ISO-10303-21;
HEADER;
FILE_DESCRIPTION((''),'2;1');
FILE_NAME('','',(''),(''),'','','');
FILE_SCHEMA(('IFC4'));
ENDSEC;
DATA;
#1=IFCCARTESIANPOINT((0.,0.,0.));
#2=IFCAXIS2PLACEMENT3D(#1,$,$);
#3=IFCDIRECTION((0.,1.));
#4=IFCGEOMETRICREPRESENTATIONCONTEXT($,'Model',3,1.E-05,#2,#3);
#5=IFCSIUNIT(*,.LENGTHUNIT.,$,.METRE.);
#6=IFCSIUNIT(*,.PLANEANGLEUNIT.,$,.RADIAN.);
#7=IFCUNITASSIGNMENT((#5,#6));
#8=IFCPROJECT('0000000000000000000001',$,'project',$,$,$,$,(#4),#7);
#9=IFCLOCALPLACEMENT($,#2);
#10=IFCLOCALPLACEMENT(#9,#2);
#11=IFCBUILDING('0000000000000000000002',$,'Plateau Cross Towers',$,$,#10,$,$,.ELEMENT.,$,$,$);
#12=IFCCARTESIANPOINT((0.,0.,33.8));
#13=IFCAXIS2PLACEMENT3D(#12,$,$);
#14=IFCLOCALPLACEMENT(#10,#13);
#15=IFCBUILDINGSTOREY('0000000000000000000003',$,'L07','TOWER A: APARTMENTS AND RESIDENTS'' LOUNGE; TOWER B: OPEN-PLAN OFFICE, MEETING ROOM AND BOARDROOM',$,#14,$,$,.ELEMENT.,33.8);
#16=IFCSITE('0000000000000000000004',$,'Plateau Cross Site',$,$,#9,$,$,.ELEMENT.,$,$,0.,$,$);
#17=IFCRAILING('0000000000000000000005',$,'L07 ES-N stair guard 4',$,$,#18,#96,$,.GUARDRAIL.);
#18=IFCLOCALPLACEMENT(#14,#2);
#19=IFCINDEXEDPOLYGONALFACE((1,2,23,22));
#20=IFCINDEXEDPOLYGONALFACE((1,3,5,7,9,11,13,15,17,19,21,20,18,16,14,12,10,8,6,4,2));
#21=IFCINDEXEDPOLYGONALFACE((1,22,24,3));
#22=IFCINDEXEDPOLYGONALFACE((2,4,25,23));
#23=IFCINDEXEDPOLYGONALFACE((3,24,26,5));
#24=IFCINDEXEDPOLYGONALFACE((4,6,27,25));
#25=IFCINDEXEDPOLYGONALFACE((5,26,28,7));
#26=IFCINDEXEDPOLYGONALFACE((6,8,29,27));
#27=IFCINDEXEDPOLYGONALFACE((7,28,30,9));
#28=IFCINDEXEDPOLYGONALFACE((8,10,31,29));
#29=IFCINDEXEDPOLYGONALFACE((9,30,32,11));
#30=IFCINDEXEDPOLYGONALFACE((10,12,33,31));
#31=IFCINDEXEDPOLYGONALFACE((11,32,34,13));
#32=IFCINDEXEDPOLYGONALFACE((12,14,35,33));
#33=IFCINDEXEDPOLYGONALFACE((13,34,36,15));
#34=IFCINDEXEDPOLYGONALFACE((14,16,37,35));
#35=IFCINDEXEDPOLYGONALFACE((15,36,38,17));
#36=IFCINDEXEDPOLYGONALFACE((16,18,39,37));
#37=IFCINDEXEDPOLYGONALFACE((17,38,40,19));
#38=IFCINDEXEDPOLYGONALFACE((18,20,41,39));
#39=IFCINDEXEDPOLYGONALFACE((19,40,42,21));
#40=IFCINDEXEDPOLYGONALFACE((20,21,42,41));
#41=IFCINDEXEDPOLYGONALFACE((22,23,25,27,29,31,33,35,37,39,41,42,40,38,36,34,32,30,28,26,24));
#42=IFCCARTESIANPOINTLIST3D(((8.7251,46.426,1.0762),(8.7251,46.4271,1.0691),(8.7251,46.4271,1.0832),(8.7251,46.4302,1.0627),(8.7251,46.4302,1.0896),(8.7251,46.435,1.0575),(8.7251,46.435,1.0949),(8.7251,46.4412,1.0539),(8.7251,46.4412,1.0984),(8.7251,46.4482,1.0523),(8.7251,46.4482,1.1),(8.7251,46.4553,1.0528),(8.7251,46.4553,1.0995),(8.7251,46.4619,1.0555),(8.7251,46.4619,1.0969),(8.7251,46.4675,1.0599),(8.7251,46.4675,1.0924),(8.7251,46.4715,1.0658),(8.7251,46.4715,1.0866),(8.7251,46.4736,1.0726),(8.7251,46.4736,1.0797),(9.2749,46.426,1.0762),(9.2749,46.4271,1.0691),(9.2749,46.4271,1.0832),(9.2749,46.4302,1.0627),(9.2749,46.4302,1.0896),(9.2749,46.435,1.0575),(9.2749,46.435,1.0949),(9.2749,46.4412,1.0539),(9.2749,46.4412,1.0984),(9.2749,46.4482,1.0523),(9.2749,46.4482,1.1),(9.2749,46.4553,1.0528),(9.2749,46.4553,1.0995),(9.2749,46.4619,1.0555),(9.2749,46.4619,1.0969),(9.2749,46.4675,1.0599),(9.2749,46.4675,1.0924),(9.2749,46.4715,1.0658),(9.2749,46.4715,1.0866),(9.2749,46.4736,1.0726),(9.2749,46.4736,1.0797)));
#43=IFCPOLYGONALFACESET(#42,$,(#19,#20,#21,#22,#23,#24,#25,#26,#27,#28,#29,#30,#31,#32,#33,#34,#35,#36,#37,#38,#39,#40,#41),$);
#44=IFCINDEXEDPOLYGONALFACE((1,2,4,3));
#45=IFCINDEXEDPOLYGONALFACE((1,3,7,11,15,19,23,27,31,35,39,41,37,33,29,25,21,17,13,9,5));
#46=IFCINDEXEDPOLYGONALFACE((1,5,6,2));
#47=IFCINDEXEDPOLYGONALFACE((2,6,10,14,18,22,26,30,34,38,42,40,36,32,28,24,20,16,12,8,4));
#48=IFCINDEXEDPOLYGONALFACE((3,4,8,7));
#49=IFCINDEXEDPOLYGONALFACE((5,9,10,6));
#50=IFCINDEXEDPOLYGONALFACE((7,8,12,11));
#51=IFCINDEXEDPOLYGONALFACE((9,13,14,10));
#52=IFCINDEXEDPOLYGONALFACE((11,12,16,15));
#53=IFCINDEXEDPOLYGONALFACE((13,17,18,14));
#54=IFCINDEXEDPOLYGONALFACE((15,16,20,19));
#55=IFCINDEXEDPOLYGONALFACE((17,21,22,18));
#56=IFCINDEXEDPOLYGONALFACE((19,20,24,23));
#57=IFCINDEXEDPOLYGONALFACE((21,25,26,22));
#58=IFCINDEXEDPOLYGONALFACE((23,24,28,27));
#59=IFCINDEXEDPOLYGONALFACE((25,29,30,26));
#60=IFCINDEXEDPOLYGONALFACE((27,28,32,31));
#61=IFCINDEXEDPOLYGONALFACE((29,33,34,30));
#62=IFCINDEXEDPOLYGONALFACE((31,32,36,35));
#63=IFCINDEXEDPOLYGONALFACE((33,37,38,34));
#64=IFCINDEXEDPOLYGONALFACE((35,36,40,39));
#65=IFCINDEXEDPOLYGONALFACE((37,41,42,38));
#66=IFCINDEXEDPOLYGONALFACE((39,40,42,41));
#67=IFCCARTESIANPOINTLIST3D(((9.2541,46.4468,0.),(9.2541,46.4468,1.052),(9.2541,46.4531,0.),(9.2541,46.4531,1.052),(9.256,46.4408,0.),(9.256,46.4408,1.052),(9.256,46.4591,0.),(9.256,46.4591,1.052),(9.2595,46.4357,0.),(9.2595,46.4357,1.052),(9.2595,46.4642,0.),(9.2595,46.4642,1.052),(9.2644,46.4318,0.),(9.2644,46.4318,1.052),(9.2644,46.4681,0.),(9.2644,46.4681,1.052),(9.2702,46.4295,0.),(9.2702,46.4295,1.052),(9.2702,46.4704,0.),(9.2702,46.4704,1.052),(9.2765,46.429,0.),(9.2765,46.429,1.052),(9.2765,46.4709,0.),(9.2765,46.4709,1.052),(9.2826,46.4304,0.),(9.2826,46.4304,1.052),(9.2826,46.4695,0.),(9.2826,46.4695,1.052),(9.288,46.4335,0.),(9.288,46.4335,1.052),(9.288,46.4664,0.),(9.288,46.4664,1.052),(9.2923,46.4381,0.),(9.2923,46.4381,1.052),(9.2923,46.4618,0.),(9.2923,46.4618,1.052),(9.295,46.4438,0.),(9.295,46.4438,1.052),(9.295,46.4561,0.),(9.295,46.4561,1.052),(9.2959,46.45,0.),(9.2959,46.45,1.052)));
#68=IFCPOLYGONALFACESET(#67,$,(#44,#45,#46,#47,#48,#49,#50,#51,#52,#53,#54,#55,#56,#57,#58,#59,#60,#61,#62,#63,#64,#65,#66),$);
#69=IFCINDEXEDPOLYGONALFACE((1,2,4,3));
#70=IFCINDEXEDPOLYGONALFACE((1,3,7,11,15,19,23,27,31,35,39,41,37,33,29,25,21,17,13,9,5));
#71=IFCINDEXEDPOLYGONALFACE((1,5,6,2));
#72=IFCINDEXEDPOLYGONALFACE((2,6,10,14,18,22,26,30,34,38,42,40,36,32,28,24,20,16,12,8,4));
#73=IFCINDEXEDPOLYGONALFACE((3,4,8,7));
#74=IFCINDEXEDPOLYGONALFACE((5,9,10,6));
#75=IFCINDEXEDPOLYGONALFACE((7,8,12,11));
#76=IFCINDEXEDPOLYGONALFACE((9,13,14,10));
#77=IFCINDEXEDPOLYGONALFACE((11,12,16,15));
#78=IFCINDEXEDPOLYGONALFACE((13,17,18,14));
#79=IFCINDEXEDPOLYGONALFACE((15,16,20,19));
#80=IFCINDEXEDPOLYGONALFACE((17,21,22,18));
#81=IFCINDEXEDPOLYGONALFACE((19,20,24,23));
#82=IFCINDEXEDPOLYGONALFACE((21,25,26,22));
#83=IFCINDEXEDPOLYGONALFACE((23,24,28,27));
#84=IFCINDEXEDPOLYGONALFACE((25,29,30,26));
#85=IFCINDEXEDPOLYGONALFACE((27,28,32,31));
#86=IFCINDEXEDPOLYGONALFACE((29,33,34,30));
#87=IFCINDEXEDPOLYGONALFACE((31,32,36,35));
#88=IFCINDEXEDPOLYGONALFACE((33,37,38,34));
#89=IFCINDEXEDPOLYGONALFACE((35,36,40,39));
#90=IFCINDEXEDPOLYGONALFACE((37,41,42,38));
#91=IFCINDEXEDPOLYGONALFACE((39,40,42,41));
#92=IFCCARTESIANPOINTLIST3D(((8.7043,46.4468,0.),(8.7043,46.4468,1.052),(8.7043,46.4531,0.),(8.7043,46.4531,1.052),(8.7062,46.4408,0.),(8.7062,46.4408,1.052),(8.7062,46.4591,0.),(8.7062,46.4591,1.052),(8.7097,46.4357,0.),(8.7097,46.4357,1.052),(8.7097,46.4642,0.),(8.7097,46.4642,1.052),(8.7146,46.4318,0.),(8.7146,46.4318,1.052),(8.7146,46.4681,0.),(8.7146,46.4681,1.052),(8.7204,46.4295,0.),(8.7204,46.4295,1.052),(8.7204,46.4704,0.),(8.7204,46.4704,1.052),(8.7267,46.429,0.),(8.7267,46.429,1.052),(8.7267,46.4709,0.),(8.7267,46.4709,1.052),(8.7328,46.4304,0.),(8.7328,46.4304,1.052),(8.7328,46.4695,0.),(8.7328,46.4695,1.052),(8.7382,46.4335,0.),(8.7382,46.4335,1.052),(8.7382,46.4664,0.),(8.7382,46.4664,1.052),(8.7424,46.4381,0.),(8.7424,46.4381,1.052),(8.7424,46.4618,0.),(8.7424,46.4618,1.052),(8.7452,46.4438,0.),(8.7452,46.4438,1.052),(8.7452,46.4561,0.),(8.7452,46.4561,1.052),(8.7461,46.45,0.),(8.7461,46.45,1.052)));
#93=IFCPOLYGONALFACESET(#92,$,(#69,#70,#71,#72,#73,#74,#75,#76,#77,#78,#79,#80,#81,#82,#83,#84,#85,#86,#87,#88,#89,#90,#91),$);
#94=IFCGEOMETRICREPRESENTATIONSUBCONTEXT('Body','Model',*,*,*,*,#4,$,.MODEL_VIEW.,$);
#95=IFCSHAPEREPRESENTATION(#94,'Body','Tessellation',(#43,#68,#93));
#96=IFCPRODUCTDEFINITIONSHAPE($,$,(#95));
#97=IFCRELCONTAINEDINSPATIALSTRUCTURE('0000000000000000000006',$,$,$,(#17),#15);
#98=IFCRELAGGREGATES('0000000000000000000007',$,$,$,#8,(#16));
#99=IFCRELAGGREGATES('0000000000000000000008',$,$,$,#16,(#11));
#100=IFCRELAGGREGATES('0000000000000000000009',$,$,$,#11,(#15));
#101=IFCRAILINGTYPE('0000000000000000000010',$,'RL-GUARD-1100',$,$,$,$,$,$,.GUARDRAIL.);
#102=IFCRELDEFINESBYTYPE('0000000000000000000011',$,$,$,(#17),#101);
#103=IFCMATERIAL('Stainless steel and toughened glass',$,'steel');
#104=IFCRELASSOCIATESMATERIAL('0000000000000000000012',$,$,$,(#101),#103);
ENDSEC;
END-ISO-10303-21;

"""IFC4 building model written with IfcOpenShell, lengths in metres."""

from ifc_helpers import new_model, si_unit, direction, frame, origin, origin_2d, place, context, subcontext, project, spatial, circle, extrude, material, type_object, element, save


model = new_model("IFC4")

# Units and contexts
model_context = context("Model", 3, precision=1e-05, world=origin(), true_north=direction((0.0, 1.0)))
body_context = subcontext(model_context, "Body", "Model", "MODEL_VIEW")
ifc_project = project(units=[si_unit("LENGTHUNIT", "METRE"), si_unit("PLANEANGLEUNIT", "RADIAN")], contexts=[model_context])

# Site, building, storey
site_placement = place(None, origin())
site = spatial("IfcSite", under=ifc_project, at=site_placement, Name="Plateau Cross Site", CompositionType="ELEMENT", RefElevation=0.0)
building_placement = place(site_placement, origin())
building = spatial("IfcBuilding", under=site, at=building_placement, Name="Plateau Cross Towers", CompositionType="ELEMENT")
storey_placement = place(building_placement, frame((0.0, 0.0, 33.8)))
storey = spatial("IfcBuildingStorey", under=building, at=storey_placement, Name="L07", Description="TOWER A: APARTMENTS AND RESIDENTS' LOUNGE; TOWER B: OPEN-PLAN OFFICE, MEETING ROOM AND BOARDROOM", CompositionType="ELEMENT", Elevation=33.8)

# Railing
ifc_material_1 = material(Name="Stainless steel and toughened glass", Category="steel")
railing_type_1 = type_object("IfcRailingType", Name="RL-GUARD-1100", PredefinedType="GUARDRAIL", material=ifc_material_1)
railing_1_placement = place(storey_placement, frame((9.2749, 46.45, 0.0)))
element("IfcRailing", 1, at=railing_1_placement, inside=storey, type_object=railing_type_1, Name="L07 ES-N stair guard 4", PredefinedType="GUARDRAIL", context=body_context, shape_type="SweptSolid", body=[
    extrude(circle(Radius=0.0239, at=origin_2d()), frame((0.0, 0.0, 1.0762), z_axis=(-1.0, 0.0, 0.0), x_axis=(0.0, -1.0, 0.0)), (0.0, 0.0, 1.0), 0.5498),
    extrude(circle(Radius=0.021, at=origin_2d()), origin(), (0.0, 0.0, 1.0), 1.052),
    extrude(circle(Radius=0.021, at=origin_2d()), frame((-0.5498, 0.0, 0.0)), (0.0, 0.0, 1.0), 1.052),
])

save(model, "model.ifc")
